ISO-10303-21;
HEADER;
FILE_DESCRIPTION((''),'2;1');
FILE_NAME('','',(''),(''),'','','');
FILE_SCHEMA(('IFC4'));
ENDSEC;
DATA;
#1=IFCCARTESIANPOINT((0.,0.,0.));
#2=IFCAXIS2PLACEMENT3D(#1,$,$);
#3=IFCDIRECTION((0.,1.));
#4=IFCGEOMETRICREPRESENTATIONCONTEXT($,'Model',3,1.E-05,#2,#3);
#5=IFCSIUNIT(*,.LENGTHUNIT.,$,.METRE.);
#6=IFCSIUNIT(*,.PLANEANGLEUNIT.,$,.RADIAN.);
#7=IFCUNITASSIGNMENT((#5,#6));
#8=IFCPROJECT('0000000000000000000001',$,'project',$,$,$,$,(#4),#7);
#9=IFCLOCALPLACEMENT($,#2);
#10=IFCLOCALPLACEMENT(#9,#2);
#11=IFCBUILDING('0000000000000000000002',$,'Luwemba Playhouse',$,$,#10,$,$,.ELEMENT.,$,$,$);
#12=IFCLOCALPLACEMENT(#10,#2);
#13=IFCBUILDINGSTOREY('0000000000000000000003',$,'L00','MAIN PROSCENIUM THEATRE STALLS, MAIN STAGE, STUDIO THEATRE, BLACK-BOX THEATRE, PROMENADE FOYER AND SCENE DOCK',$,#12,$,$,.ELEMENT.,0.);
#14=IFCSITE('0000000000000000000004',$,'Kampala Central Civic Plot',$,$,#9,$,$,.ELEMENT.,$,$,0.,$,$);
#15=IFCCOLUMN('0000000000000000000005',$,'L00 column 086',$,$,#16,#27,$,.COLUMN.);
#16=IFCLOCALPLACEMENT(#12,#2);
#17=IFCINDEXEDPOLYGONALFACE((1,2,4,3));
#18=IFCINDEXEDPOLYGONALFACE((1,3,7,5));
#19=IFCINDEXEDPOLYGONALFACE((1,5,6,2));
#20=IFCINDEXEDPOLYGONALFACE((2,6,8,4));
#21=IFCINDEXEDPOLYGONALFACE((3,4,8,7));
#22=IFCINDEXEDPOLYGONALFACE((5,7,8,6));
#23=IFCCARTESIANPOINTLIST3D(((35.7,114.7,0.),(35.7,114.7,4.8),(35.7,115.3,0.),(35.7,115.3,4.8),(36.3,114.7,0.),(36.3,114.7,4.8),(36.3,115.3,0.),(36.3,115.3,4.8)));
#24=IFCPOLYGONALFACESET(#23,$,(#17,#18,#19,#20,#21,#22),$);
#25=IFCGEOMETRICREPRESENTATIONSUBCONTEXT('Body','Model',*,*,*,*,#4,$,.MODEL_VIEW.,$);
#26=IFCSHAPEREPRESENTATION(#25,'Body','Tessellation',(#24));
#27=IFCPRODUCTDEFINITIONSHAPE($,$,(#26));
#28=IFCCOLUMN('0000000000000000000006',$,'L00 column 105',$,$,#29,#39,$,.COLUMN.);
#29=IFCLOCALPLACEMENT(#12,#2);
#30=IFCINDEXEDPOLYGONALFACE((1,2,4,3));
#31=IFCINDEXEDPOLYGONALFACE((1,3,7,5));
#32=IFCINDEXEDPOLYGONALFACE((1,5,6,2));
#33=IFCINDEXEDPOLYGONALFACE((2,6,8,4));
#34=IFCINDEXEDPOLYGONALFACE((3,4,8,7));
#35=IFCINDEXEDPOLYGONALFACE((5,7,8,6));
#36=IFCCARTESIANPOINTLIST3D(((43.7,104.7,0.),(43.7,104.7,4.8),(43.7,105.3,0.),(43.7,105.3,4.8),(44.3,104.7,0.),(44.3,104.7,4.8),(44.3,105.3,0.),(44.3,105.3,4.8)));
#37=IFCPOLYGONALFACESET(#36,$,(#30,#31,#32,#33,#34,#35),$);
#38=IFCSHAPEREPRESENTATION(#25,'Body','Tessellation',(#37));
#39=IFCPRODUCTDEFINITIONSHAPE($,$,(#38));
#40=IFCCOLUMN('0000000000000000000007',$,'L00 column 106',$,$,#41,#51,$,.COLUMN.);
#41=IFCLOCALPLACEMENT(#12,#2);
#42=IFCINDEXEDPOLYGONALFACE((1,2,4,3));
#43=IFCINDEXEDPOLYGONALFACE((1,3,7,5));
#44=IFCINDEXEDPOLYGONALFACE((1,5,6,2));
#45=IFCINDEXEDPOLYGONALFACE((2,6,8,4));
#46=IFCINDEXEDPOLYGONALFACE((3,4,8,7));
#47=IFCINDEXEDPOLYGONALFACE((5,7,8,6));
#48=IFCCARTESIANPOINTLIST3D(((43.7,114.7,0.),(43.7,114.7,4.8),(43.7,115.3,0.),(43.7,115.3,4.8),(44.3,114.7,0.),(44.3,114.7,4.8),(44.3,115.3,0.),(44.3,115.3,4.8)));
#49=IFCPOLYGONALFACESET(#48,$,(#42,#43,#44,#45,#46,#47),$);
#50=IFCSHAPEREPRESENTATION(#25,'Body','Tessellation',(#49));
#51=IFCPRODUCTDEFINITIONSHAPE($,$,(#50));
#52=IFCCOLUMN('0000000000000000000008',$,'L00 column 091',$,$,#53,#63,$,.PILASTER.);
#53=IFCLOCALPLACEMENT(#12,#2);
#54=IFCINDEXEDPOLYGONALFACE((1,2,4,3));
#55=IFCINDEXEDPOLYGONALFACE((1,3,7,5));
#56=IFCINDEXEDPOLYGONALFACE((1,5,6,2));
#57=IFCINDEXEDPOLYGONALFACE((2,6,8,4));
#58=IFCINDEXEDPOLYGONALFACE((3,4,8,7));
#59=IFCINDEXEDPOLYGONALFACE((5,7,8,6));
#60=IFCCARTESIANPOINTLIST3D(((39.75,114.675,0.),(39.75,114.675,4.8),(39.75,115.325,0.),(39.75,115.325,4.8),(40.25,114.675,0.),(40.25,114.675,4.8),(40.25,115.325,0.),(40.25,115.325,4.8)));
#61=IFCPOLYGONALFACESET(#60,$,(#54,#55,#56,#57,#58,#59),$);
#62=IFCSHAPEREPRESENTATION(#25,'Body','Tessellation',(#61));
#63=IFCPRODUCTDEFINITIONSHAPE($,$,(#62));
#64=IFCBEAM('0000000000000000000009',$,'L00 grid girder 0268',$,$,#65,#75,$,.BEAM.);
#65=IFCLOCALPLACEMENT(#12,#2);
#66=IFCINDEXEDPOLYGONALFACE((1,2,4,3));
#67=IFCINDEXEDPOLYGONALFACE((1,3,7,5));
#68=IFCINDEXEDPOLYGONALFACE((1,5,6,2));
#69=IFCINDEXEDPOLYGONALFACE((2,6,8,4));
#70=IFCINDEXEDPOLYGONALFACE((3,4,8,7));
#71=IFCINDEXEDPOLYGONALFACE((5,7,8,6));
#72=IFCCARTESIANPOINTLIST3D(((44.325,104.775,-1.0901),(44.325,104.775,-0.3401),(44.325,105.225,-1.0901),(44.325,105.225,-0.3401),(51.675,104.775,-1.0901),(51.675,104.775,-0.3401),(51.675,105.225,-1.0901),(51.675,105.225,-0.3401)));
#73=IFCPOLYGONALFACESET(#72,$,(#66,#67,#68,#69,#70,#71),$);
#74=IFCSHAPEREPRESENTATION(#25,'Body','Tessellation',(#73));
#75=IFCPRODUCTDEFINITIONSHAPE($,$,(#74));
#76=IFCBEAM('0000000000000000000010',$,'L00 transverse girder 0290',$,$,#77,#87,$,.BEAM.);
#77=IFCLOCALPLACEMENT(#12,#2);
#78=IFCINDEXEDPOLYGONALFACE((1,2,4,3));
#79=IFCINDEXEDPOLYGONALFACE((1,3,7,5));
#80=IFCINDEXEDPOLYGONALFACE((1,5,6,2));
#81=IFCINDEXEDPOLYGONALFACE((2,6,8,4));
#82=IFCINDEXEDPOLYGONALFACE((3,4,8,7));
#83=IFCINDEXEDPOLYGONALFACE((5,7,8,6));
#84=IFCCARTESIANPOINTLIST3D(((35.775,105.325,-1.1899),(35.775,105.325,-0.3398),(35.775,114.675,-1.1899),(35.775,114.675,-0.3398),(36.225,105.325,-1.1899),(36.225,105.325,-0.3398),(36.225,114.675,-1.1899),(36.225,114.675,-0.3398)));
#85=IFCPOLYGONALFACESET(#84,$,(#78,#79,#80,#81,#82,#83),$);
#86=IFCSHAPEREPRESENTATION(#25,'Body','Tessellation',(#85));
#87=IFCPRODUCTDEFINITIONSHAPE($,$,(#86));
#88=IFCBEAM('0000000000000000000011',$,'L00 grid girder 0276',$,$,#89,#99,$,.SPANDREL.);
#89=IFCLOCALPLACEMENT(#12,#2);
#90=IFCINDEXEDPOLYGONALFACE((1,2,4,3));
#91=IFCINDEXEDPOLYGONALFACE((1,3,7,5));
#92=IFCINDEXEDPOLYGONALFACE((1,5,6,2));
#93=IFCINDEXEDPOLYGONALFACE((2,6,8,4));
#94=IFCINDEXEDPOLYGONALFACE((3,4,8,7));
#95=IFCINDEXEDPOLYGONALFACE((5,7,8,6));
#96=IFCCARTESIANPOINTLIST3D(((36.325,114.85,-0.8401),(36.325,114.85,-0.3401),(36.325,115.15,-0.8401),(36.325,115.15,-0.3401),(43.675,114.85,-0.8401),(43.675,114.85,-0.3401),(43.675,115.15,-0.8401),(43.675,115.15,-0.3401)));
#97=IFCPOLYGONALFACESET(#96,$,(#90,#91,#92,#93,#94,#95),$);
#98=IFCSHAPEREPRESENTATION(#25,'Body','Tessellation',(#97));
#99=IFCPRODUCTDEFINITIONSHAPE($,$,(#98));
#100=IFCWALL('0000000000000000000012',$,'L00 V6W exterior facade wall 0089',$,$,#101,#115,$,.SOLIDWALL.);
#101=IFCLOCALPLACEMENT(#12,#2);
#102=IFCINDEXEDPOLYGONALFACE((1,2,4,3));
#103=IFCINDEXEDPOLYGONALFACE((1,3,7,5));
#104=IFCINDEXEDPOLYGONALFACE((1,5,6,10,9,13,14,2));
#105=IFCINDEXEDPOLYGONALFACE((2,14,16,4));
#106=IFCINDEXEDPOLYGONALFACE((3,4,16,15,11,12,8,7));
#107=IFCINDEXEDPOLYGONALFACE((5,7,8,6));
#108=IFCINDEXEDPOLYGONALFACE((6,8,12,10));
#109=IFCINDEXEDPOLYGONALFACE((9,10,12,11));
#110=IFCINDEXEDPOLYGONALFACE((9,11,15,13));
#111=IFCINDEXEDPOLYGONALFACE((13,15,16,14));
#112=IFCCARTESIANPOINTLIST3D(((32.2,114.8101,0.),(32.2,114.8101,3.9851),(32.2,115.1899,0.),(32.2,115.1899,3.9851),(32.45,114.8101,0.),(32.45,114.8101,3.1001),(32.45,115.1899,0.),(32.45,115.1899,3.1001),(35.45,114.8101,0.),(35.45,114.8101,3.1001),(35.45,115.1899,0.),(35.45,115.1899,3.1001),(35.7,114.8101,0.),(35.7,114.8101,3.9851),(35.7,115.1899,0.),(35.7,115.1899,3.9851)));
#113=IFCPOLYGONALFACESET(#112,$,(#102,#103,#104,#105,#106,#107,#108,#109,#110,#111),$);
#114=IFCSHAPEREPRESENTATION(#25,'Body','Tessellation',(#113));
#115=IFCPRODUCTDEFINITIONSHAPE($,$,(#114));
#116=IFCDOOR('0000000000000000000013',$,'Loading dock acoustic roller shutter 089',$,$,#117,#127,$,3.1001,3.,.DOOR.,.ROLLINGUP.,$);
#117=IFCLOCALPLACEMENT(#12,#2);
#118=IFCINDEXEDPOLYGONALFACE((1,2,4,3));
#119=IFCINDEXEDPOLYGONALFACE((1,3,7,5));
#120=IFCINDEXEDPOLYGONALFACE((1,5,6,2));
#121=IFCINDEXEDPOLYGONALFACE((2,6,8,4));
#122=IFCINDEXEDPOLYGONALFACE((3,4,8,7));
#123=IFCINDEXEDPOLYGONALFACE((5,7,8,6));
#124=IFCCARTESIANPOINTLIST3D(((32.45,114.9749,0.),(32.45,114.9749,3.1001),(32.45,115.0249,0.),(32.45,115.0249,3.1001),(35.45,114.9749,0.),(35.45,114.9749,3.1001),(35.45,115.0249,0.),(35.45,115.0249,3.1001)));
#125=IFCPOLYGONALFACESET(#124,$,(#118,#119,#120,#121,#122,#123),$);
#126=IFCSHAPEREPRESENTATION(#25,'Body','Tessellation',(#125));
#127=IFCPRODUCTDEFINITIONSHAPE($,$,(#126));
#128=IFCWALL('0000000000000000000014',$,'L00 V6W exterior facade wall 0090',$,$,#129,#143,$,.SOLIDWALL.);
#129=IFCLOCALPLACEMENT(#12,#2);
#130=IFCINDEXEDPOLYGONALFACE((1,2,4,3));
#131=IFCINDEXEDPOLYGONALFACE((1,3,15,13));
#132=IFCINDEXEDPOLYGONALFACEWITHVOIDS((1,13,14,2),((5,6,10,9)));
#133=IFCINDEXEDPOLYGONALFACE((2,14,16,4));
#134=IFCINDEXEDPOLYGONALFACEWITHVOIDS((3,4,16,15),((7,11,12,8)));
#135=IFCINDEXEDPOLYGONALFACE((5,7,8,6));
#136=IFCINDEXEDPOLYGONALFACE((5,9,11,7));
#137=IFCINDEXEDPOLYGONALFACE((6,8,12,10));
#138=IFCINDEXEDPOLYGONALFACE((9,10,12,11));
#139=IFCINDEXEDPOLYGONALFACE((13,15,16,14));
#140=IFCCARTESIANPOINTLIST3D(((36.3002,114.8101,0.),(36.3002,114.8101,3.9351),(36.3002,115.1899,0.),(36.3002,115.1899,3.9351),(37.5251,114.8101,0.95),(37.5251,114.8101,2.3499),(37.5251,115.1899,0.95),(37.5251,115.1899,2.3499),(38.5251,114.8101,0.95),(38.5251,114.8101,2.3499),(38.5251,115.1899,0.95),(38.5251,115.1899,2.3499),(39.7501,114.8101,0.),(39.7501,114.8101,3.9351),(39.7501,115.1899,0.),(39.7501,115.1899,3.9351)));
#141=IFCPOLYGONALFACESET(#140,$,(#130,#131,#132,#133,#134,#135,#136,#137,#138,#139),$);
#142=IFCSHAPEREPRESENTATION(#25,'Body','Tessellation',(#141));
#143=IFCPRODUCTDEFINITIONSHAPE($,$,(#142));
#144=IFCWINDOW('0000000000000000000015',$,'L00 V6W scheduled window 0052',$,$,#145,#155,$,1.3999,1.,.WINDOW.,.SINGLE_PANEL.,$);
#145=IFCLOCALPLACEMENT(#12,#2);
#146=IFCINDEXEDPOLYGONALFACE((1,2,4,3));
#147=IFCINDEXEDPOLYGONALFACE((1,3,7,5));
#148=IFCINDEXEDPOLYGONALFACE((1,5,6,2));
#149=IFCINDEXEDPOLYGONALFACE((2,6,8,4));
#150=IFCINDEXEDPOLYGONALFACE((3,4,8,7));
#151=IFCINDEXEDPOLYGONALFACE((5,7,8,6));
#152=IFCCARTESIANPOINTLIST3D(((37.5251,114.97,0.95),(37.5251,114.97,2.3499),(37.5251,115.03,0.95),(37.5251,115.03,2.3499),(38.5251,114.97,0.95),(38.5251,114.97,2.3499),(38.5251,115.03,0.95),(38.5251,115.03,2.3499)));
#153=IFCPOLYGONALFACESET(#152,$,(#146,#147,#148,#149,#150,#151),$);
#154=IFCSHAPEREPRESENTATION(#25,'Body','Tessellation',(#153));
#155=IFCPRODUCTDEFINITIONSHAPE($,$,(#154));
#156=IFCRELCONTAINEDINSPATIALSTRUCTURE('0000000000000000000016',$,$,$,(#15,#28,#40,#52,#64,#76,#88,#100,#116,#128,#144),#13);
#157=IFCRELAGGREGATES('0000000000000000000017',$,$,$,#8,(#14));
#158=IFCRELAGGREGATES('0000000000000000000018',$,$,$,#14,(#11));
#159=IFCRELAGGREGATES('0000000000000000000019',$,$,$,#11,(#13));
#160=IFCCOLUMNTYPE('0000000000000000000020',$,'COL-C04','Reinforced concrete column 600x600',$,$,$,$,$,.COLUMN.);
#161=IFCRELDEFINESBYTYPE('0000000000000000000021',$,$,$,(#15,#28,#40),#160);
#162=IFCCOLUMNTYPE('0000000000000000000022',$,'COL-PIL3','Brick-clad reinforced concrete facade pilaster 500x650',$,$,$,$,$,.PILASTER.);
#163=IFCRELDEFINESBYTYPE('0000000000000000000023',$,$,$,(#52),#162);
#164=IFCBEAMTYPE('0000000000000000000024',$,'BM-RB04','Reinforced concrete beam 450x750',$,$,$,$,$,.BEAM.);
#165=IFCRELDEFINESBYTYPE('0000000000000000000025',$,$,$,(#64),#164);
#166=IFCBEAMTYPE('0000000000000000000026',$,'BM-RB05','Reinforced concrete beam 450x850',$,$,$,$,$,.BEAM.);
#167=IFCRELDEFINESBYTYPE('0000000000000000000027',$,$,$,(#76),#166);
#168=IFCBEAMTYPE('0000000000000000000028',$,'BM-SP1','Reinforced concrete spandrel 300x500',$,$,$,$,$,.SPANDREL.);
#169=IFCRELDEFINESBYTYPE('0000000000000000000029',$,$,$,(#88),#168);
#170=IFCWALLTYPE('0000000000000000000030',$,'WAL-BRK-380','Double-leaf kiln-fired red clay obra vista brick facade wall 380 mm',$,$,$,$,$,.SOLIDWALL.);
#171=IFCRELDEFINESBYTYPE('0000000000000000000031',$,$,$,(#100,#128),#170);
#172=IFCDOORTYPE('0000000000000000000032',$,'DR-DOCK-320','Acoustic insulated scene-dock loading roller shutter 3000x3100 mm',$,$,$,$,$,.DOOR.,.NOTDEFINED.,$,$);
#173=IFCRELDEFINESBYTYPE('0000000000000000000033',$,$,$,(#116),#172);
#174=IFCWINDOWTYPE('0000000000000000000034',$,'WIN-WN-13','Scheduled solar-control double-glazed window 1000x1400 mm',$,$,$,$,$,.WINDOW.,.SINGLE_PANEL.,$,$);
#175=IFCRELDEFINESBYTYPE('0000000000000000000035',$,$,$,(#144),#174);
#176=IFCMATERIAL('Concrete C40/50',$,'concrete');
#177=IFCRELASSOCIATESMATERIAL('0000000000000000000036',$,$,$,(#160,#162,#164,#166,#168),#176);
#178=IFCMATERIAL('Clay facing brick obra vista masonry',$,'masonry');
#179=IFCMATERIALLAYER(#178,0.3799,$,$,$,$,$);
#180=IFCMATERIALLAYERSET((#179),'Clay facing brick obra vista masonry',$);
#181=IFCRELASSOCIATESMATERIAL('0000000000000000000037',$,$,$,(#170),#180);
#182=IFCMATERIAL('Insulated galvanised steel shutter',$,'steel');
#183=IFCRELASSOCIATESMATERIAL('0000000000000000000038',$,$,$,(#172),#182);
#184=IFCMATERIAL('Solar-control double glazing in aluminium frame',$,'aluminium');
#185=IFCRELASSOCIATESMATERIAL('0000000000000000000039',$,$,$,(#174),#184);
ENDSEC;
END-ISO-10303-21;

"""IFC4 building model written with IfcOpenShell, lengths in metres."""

from ifc_helpers import new_model, si_unit, direction, frame, frame_2d, origin, origin_2d, place, context, subcontext, project, spatial, rectangle, extrude, material, layer, layer_set, material_profile, profile_set, type_object, element, fill, save


model = new_model("IFC4")

# Units and contexts
model_context = context("Model", 3, precision=1e-05, world=origin(), true_north=direction((0.0, 1.0)))
body_context = subcontext(model_context, "Body", "Model", "MODEL_VIEW")
ifc_project = project(units=[si_unit("LENGTHUNIT", "METRE"), si_unit("PLANEANGLEUNIT", "RADIAN")], contexts=[model_context])

# Site, building, storey
site_placement = place(None, origin())
site = spatial("IfcSite", under=ifc_project, at=site_placement, Name="Kampala Central Civic Plot", CompositionType="ELEMENT", RefElevation=0.0)
building_placement = place(site_placement, origin())
building = spatial("IfcBuilding", under=site, at=building_placement, Name="Luwemba Playhouse", CompositionType="ELEMENT")
storey_placement = place(building_placement, origin())
storey = spatial("IfcBuildingStorey", under=building, at=storey_placement, Name="L00", Description="MAIN PROSCENIUM THEATRE STALLS, MAIN STAGE, STUDIO THEATRE, BLACK-BOX THEATRE, PROMENADE FOYER AND SCENE DOCK", CompositionType="ELEMENT", Elevation=0.0)

# Columns
ifc_material_1 = material(Name="Concrete C40/50", Category="concrete")
ifc_material_profile_1 = material_profile(ifc_material_1, rectangle(XDim=0.6001, YDim=0.6001, at=origin_2d()))
ifc_profile_set_1 = profile_set([ifc_material_profile_1], Name="Concrete C40/50")
column_type_1 = type_object("IfcColumnType", Name="COL-C04", Description="Reinforced concrete column 600x600", PredefinedType="COLUMN", material=ifc_profile_set_1)
for number, where, z_axis, x_axis, name in (
    (1, (36.0, 115.0, 0.0), (0.0, 0.0, 1.0), (1.0, 0.0, 0.0), "L00 column 086"),
    (2, (44.0, 105.0, 0.0), (0.0, 0.0, 1.0), (1.0, 0.0, 0.0), "L00 column 105"),
    (3, (44.0, 115.0, 0.0), (0.0, 0.0, 1.0), (1.0, 0.0, 0.0), "L00 column 106"),
):
    element("IfcColumn", number, at=place(storey_placement, frame(where, z_axis=z_axis, x_axis=x_axis)), inside=storey, type_object=column_type_1, Name=name, PredefinedType="COLUMN", context=body_context, shape_type="SweptSolid", body=[
        extrude(rectangle(XDim=0.6001, YDim=0.6001, at=origin_2d()), origin(), (0.0, 0.0, 1.0), 4.8),
    ])
ifc_material_profile_2 = material_profile(ifc_material_1, rectangle(XDim=0.5, YDim=0.6499, at=origin_2d()))
ifc_profile_set_2 = profile_set([ifc_material_profile_2], Name="Concrete C40/50")
column_type_2 = type_object("IfcColumnType", Name="COL-PIL3", Description="Brick-clad reinforced concrete facade pilaster 500x650", PredefinedType="PILASTER", material=ifc_profile_set_2)
column_placement = place(storey_placement, frame((40.0, 115.0, 0.0), z_axis=(0.0, 0.0, 1.0), x_axis=(1.0, 0.0, 0.0)))
element("IfcColumn", 4, at=column_placement, inside=storey, type_object=column_type_2, Name="L00 column 091", PredefinedType="PILASTER", context=body_context, shape_type="SweptSolid", body=[
    extrude(rectangle(XDim=0.5, YDim=0.6499, at=origin_2d()), origin(), (0.0, 0.0, 1.0), 4.8),
])

# Beams
ifc_material_profile_3 = material_profile(ifc_material_1, rectangle(XDim=0.45, YDim=0.75, at=origin_2d()))
ifc_profile_set_3 = profile_set([ifc_material_profile_3], Name="Concrete C40/50")
beam_type_1 = type_object("IfcBeamType", Name="BM-RB04", Description="Reinforced concrete beam 450x750", PredefinedType="BEAM", material=ifc_profile_set_3)
beam_1_placement = place(storey_placement, frame((44.325, 105.0, -0.7151), z_axis=(1.0, 0.0, 0.0), x_axis=(0.0, 1.0, 0.0)))
element("IfcBeam", 5, at=beam_1_placement, inside=storey, type_object=beam_type_1, Name="L00 grid girder 0268", PredefinedType="BEAM", context=body_context, shape_type="SweptSolid", body=[
    extrude(rectangle(XDim=0.45, YDim=0.75, at=origin_2d()), origin(), (0.0, 0.0, 1.0), 7.3501),
])
ifc_material_profile_4 = material_profile(ifc_material_1, rectangle(XDim=0.45, YDim=0.8501, at=origin_2d()))
ifc_profile_set_4 = profile_set([ifc_material_profile_4], Name="Concrete C40/50")
beam_type_2 = type_object("IfcBeamType", Name="BM-RB05", Description="Reinforced concrete beam 450x850", PredefinedType="BEAM", material=ifc_profile_set_4)
beam_2_placement = place(storey_placement, frame((36.0, 105.325, -0.7649), z_axis=(0.0, 1.0, 0.0), x_axis=(-1.0, 0.0, 0.0)))
element("IfcBeam", 6, at=beam_2_placement, inside=storey, type_object=beam_type_2, Name="L00 transverse girder 0290", PredefinedType="BEAM", context=body_context, shape_type="SweptSolid", body=[
    extrude(rectangle(XDim=0.45, YDim=0.8501, at=origin_2d()), origin(), (0.0, 0.0, 1.0), 9.3501),
])
ifc_material_profile_5 = material_profile(ifc_material_1, rectangle(XDim=0.3, YDim=0.5, at=origin_2d()))
ifc_profile_set_5 = profile_set([ifc_material_profile_5], Name="Concrete C40/50")
beam_type_3 = type_object("IfcBeamType", Name="BM-SP1", Description="Reinforced concrete spandrel 300x500", PredefinedType="SPANDREL", material=ifc_profile_set_5)
beam_3_placement = place(storey_placement, frame((36.325, 115.0, -0.5901), z_axis=(1.0, 0.0, 0.0), x_axis=(0.0, 1.0, 0.0)))
element("IfcBeam", 7, at=beam_3_placement, inside=storey, type_object=beam_type_3, Name="L00 grid girder 0276", PredefinedType="SPANDREL", context=body_context, shape_type="SweptSolid", body=[
    extrude(rectangle(XDim=0.3, YDim=0.5, at=origin_2d()), origin(), (0.0, 0.0, 1.0), 7.3501),
])

# Wall, opening, door
ifc_material_2 = material(Name="Clay facing brick obra vista masonry", Category="masonry")
ifc_layer = layer(ifc_material_2, 0.3799)
ifc_layer_set = layer_set([ifc_layer], Name="Clay facing brick obra vista masonry")
wall_type = type_object("IfcWallType", Name="WAL-BRK-380", Description="Double-leaf kiln-fired red clay obra vista brick facade wall 380 mm", PredefinedType="SOLIDWALL", material=ifc_layer_set)
wall_1_placement = place(storey_placement, frame((32.2, 115.0, 0.0), z_axis=(0.0, 0.0, 1.0), x_axis=(1.0, 0.0, 0.0)))
wall_1 = element("IfcWall", 8, at=wall_1_placement, inside=storey, type_object=wall_type, Name="L00 V6W exterior facade wall 0089", PredefinedType="SOLIDWALL", context=body_context, shape_type="SweptSolid", body=[
    extrude(rectangle(XDim=3.5, YDim=0.3799, at=frame_2d((1.75, 0.0))), origin(), (0.0, 0.0, 1.0), 3.9851),
])
opening_1_placement = place(wall_1_placement, frame((0.25, 0.0, 0.0)))
opening_1 = element("IfcOpeningElement", 9, at=opening_1_placement, cuts=wall_1, PredefinedType="OPENING", context=body_context, shape_type="SweptSolid", body=[
    extrude(rectangle(XDim=3.0, YDim=3.1001, at=frame_2d((1.5, 1.55))), frame((0.0, 0.2, 0.0), z_axis=(0.0, -1.0, 0.0), x_axis=(1.0, 0.0, 0.0)), (0.0, 0.0, 1.0), 0.3999),
])
ifc_material_3 = material(Name="Insulated galvanised steel shutter", Category="steel")
door_type = type_object("IfcDoorType", Name="DR-DOCK-320", Description="Acoustic insulated scene-dock loading roller shutter 3000x3100 mm", OperationType="NOTDEFINED", PredefinedType="DOOR", material=ifc_material_3)
door_placement = place(opening_1_placement, origin())
door = element("IfcDoor", 10, at=door_placement, inside=storey, type_object=door_type, Name="Loading dock acoustic roller shutter 089", OperationType="ROLLINGUP", OverallHeight=3.1001, OverallWidth=3.0, PredefinedType="DOOR", context=body_context, shape_type="SweptSolid", body=[
    extrude(rectangle(XDim=3.0, YDim=3.1001, at=frame_2d((1.5, 1.55))), frame((0.0, 0.0249, 0.0), z_axis=(0.0, -1.0, 0.0), x_axis=(1.0, 0.0, 0.0)), (0.0, 0.0, 1.0), 0.05),
])
fill(opening_1, door)

# Wall, opening, window
wall_2_placement = place(storey_placement, frame((36.3, 115.0, 0.0), z_axis=(0.0, 0.0, 1.0), x_axis=(1.0, 0.0, 0.0)))
wall_2 = element("IfcWall", 11, at=wall_2_placement, inside=storey, type_object=wall_type, Name="L00 V6W exterior facade wall 0090", PredefinedType="SOLIDWALL", context=body_context, shape_type="SweptSolid", body=[
    extrude(rectangle(XDim=3.45, YDim=0.3799, at=frame_2d((1.7251, 0.0))), origin(), (0.0, 0.0, 1.0), 3.9351),
])
opening_2_placement = place(wall_2_placement, frame((1.2251, 0.0, 0.95)))
opening_2 = element("IfcOpeningElement", 12, at=opening_2_placement, cuts=wall_2, PredefinedType="OPENING", context=body_context, shape_type="SweptSolid", body=[
    extrude(rectangle(XDim=1.0, YDim=1.3999, at=frame_2d((0.5, 0.7))), frame((0.0, 0.2, 0.0), z_axis=(0.0, -1.0, 0.0), x_axis=(1.0, 0.0, 0.0)), (0.0, 0.0, 1.0), 0.3999),
])
ifc_material_4 = material(Name="Solar-control double glazing in aluminium frame", Category="aluminium")
window_type_1 = type_object("IfcWindowType", Name="WIN-WN-13", Description="Scheduled solar-control double-glazed window 1000x1400 mm", PartitioningType="SINGLE_PANEL", PredefinedType="WINDOW", material=ifc_material_4)
window_1_placement = place(opening_2_placement, origin())
window_1 = element("IfcWindow", 13, at=window_1_placement, inside=storey, type_object=window_type_1, Name="L00 V6W scheduled window 0052", OverallHeight=1.3999, OverallWidth=1.0, PartitioningType="SINGLE_PANEL", PredefinedType="WINDOW", context=body_context, shape_type="SweptSolid", body=[
    extrude(rectangle(XDim=1.0, YDim=1.3999, at=frame_2d((0.5, 0.7))), frame((0.0, 0.03, 0.0), z_axis=(0.0, -1.0, 0.0), x_axis=(1.0, 0.0, 0.0)), (0.0, 0.0, 1.0), 0.0601),
])
fill(opening_2, window_1)

save(model, "model.ifc")
